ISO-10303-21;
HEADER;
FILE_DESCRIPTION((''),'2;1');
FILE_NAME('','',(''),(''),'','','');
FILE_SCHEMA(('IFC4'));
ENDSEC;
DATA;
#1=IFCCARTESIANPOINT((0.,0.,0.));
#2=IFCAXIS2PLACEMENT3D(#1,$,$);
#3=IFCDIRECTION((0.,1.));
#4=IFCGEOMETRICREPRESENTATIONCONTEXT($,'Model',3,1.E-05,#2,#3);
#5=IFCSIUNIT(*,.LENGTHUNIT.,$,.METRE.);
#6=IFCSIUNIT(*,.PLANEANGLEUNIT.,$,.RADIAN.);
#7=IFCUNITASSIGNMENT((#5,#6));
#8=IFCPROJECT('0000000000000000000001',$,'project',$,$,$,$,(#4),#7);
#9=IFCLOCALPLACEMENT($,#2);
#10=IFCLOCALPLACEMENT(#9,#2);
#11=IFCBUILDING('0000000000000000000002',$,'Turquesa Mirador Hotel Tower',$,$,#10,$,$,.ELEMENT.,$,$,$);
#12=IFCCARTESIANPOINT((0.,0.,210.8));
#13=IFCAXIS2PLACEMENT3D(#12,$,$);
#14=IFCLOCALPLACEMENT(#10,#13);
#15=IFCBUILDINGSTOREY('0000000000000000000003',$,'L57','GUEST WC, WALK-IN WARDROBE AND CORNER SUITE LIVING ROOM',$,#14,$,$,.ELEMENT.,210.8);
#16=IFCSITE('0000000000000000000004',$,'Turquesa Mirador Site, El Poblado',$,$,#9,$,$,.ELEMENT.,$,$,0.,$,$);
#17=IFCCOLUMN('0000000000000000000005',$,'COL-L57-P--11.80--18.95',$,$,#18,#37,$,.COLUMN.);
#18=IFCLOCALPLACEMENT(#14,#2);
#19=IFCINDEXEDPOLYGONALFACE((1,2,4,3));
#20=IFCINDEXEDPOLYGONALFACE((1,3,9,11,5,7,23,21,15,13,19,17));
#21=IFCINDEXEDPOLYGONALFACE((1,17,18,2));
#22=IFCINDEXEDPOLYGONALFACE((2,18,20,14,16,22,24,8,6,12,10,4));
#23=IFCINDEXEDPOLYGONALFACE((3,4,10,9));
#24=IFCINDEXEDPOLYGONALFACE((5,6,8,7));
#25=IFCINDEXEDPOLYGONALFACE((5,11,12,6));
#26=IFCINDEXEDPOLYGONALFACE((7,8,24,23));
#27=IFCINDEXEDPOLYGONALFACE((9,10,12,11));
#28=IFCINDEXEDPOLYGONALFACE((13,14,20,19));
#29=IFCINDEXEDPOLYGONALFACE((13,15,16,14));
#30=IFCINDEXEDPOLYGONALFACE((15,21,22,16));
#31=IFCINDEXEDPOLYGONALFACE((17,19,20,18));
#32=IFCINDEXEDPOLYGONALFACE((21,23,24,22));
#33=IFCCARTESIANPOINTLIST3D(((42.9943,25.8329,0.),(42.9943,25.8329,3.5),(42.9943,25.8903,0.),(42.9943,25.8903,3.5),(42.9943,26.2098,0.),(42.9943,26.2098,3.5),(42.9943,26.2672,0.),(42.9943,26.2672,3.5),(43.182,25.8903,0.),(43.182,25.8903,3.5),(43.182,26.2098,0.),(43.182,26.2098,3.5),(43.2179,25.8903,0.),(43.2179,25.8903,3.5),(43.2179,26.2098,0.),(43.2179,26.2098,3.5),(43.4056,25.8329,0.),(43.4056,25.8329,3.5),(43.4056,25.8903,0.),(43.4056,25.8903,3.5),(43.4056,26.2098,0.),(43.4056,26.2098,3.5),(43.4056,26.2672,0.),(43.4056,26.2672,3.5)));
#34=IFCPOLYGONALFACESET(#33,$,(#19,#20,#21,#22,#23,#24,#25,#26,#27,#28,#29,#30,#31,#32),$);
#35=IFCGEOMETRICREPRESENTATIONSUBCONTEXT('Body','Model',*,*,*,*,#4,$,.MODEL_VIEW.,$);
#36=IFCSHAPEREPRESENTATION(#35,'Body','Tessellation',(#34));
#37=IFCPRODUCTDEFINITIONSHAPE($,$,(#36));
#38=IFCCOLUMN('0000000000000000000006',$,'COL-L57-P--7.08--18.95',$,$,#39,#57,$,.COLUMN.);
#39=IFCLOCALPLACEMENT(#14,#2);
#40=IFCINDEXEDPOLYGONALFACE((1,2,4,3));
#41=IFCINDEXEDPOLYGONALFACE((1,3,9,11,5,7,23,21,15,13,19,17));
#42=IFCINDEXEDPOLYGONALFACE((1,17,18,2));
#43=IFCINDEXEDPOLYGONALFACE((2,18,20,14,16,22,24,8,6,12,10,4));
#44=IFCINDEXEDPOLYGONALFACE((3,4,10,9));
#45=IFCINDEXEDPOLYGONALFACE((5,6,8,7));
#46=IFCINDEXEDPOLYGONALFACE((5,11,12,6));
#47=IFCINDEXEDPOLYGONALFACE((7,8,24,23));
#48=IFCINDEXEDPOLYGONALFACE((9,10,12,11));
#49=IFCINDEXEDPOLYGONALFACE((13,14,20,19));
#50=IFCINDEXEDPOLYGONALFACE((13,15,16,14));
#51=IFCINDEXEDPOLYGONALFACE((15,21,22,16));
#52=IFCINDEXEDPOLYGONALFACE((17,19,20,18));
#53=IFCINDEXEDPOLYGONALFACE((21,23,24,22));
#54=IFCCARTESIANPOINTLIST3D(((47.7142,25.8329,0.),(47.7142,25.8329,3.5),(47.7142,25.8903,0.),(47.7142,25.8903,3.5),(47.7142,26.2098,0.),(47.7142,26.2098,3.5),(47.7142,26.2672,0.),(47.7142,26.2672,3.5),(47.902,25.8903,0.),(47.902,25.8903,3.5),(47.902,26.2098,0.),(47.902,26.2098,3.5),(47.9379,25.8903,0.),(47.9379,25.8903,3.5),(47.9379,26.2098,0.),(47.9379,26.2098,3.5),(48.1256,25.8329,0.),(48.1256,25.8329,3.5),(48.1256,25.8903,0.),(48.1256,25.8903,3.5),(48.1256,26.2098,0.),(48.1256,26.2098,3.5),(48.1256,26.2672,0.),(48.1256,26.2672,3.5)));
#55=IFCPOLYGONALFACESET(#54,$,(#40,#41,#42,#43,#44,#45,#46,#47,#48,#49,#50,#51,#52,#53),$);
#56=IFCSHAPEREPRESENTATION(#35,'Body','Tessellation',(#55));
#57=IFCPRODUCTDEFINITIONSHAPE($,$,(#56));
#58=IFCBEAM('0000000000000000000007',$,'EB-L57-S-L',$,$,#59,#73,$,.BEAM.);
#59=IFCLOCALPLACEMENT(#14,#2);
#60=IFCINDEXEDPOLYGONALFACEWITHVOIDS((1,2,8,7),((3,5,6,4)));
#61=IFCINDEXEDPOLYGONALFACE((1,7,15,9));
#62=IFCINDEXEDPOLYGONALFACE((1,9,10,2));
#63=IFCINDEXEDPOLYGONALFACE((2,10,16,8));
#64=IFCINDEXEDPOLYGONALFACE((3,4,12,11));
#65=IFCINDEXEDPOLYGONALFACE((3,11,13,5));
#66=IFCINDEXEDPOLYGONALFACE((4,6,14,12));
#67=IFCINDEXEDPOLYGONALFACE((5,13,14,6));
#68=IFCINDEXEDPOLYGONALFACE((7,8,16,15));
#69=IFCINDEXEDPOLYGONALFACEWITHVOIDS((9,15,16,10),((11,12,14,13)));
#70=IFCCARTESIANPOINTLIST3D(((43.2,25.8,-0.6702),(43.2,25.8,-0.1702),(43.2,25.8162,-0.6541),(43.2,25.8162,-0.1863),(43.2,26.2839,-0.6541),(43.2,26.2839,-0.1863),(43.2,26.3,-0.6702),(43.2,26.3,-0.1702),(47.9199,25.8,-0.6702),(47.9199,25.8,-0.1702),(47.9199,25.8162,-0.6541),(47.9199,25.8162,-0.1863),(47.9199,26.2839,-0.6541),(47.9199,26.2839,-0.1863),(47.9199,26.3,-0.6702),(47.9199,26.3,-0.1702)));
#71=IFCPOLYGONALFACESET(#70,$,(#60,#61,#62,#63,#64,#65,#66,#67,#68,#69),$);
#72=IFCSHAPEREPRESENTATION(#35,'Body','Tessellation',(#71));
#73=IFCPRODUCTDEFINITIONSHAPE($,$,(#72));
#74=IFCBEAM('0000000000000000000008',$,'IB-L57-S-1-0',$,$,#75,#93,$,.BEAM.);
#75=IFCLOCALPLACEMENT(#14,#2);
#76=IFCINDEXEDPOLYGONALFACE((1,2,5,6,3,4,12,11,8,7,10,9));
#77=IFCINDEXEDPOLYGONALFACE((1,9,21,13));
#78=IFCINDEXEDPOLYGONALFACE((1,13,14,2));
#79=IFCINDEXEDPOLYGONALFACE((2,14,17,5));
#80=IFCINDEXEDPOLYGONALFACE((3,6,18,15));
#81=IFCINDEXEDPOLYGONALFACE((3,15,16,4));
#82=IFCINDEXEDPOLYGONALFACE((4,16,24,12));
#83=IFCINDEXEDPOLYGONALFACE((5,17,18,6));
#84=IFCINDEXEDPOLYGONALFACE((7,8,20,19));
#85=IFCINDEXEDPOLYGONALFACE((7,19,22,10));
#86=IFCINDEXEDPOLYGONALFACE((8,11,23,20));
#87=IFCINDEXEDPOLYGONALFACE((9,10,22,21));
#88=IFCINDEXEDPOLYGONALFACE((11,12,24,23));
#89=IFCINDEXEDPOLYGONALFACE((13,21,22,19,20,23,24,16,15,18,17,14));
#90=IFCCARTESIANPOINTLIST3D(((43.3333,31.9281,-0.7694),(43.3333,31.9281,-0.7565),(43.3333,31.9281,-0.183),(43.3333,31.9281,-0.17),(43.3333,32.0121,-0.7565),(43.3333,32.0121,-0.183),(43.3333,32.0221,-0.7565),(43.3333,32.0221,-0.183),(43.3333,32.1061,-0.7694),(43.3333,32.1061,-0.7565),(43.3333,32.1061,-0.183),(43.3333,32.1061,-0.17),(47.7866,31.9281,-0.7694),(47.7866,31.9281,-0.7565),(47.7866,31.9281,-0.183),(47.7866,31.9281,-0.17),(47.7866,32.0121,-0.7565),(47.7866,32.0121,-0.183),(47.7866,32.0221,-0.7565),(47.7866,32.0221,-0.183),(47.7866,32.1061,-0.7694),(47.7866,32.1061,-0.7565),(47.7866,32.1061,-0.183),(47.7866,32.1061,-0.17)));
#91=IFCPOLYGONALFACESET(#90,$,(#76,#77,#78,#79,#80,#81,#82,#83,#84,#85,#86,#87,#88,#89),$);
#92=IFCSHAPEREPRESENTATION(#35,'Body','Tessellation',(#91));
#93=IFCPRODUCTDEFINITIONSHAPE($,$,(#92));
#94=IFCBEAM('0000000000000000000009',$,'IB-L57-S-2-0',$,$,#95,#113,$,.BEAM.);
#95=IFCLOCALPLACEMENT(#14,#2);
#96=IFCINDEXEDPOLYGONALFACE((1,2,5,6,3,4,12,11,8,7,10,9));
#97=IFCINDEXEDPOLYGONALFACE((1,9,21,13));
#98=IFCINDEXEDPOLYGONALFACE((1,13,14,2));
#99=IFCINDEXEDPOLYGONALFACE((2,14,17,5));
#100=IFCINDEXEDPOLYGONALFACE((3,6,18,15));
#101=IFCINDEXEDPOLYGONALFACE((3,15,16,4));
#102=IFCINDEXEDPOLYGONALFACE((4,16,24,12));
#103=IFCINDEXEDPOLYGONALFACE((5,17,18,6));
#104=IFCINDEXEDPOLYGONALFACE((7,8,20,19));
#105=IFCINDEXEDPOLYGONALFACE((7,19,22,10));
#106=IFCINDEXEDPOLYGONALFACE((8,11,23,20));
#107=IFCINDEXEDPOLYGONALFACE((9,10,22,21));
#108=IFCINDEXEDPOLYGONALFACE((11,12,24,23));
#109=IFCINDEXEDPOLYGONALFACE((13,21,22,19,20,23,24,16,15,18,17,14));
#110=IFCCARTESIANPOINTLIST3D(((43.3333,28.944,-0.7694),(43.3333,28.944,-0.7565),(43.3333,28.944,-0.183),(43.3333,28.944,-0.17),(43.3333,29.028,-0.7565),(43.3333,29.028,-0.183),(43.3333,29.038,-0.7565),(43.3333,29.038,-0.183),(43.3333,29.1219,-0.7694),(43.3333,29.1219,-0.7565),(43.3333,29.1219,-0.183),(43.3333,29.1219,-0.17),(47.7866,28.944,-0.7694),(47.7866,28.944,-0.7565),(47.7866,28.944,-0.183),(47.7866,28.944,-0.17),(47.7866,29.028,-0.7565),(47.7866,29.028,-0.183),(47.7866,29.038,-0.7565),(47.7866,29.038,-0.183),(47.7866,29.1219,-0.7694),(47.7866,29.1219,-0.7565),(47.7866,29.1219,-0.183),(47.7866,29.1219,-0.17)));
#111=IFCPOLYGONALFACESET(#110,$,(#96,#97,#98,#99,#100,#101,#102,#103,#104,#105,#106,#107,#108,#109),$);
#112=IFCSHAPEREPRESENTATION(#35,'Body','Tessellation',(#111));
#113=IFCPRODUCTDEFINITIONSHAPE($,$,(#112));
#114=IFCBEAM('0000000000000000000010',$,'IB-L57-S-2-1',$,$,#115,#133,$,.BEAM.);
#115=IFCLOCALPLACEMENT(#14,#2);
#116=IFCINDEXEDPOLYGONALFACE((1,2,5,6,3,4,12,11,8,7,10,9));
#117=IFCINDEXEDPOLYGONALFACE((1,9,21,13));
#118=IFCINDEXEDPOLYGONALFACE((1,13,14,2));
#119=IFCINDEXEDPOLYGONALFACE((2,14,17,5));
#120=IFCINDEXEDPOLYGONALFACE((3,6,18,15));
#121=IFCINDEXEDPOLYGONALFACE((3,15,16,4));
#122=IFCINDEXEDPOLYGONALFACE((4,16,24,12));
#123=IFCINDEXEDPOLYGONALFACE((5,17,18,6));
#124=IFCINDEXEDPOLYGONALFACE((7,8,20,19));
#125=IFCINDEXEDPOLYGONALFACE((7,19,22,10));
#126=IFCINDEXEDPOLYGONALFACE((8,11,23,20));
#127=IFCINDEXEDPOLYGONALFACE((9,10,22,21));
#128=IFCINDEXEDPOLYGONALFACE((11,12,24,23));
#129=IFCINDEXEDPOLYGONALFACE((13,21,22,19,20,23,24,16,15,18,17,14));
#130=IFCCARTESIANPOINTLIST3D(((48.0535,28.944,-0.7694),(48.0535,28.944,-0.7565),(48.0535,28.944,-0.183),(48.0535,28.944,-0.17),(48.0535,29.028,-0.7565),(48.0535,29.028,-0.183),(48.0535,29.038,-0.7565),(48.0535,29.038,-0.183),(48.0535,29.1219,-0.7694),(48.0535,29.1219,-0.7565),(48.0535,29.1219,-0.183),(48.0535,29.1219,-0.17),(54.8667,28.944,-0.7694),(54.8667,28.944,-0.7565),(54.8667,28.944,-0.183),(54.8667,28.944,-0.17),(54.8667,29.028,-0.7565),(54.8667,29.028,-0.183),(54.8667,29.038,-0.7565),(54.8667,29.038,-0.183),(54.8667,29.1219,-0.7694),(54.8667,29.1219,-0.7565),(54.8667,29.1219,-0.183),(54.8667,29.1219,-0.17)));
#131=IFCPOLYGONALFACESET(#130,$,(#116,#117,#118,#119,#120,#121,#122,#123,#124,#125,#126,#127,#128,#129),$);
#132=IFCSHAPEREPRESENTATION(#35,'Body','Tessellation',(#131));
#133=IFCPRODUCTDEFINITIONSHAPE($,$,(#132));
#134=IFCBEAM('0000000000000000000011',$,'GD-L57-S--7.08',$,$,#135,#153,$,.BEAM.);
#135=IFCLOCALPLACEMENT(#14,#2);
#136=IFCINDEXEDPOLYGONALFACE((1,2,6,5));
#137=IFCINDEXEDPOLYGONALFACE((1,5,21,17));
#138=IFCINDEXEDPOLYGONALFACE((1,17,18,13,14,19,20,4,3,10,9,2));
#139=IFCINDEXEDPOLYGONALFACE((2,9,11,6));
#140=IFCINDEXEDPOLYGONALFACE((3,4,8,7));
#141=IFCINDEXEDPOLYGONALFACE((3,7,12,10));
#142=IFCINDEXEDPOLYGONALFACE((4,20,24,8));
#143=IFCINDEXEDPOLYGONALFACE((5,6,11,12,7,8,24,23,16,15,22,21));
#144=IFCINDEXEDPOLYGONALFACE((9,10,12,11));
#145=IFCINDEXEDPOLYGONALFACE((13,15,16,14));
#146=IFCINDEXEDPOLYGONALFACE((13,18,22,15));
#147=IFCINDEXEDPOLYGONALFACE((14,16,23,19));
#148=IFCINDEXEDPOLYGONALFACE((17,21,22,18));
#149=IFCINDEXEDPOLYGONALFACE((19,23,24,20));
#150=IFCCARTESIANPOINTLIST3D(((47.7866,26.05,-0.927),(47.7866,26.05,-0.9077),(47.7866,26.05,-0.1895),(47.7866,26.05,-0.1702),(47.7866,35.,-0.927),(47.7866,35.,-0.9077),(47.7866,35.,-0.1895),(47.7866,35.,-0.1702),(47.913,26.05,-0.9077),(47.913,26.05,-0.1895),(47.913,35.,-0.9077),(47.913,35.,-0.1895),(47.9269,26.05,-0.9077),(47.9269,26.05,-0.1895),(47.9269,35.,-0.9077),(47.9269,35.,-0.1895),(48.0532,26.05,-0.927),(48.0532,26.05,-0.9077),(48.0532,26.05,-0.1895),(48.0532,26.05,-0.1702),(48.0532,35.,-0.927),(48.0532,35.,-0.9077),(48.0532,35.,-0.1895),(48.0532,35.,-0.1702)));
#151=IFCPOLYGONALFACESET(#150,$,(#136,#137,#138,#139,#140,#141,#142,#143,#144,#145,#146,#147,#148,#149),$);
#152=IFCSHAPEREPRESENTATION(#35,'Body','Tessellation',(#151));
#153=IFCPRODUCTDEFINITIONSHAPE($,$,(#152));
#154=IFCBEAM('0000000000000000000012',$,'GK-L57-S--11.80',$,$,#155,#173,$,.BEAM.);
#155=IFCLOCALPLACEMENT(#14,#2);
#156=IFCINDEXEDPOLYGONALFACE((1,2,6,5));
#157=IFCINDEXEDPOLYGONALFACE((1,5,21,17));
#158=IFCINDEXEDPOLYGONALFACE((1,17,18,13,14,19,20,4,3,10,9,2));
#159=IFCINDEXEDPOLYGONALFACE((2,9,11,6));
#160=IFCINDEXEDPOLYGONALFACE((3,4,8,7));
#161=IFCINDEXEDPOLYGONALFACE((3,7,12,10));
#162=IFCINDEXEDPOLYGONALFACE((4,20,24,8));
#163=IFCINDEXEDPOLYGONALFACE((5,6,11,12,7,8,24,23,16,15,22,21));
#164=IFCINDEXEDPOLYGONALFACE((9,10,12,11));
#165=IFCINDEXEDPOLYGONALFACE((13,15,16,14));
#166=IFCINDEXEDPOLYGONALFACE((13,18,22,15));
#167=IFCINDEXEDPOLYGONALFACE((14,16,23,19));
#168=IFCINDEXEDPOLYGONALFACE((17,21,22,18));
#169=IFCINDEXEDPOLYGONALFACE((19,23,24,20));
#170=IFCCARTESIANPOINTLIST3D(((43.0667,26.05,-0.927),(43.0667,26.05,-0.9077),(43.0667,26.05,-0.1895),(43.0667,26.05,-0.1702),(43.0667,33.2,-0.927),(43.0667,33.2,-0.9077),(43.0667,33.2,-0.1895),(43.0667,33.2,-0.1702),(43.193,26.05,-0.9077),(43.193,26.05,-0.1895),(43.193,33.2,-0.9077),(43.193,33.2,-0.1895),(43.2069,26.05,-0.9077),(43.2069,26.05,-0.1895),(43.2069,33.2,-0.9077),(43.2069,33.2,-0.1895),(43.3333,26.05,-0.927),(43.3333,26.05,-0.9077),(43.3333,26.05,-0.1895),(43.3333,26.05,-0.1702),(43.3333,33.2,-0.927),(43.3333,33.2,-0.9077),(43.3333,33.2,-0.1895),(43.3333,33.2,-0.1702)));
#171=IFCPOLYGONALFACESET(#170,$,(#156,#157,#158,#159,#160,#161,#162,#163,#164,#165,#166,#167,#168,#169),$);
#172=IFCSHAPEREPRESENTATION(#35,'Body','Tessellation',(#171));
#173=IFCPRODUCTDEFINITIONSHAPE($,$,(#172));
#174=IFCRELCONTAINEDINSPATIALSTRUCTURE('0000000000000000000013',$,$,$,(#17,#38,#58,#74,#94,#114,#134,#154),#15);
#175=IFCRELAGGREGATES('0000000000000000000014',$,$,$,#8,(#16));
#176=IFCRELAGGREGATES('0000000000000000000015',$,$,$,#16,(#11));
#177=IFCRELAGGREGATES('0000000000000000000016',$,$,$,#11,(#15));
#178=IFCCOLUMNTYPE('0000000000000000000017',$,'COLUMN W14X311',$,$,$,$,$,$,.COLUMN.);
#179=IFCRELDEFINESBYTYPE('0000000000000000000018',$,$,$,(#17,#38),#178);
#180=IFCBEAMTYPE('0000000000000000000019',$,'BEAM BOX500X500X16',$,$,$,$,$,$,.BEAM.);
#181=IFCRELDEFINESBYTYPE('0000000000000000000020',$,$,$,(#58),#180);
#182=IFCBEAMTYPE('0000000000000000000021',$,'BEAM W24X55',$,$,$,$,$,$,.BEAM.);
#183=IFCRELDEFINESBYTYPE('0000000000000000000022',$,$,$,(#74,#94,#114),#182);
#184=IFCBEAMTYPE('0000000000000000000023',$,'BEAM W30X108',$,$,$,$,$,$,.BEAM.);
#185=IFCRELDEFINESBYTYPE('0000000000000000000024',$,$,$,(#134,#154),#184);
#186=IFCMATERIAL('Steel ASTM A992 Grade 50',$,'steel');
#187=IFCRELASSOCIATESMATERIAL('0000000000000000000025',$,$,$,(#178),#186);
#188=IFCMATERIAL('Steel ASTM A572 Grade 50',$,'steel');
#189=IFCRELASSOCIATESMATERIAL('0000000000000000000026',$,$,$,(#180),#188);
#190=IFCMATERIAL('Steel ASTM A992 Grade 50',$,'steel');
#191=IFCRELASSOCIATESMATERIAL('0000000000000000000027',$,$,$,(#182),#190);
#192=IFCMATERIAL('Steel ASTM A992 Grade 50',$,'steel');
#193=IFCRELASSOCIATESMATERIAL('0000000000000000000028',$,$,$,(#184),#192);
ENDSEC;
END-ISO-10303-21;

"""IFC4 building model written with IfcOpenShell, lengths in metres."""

from ifc_helpers import new_model, si_unit, direction, frame, origin, origin_2d, place, context, subcontext, project, spatial, hollow_rectangle, i_section, extrude, material, material_profile, profile_set, type_object, element, save


model = new_model("IFC4")

# Units and contexts
model_context = context("Model", 3, precision=1e-05, world=origin(), true_north=direction((0.0, 1.0)))
body_context = subcontext(model_context, "Body", "Model", "MODEL_VIEW")
ifc_project = project(units=[si_unit("LENGTHUNIT", "METRE"), si_unit("PLANEANGLEUNIT", "RADIAN")], contexts=[model_context])

# Site, building, storey
site_placement = place(None, origin())
site = spatial("IfcSite", under=ifc_project, at=site_placement, Name="Turquesa Mirador Site, El Poblado", CompositionType="ELEMENT", RefElevation=0.0)
building_placement = place(site_placement, origin())
building = spatial("IfcBuilding", under=site, at=building_placement, Name="Turquesa Mirador Hotel Tower", CompositionType="ELEMENT")
storey_placement = place(building_placement, frame((0.0, 0.0, 210.8)))
storey = spatial("IfcBuildingStorey", under=building, at=storey_placement, Name="L57", Description="GUEST WC, WALK-IN WARDROBE AND CORNER SUITE LIVING ROOM", CompositionType="ELEMENT", Elevation=210.8)

# Columns
ifc_material_1 = material(Name="Steel ASTM A992 Grade 50", Category="steel")
ifc_material_profile_1 = material_profile(ifc_material_1, i_section(OverallWidth=0.4114, OverallDepth=0.4343, WebThickness=0.0359, FlangeThickness=0.0574, at=origin_2d()), Name="W14X311")
ifc_profile_set_1 = profile_set([ifc_material_profile_1], Name="Steel ASTM A992 Grade 50")
column_type = type_object("IfcColumnType", Name="COLUMN W14X311", PredefinedType="COLUMN", material=ifc_profile_set_1)
for number, where, z_axis, x_axis, name in (
    (1, (43.2, 26.05, 0.0), (0.0, 0.0, 1.0), (1.0, 0.0, 0.0), "COL-L57-P--11.80--18.95"),
    (2, (47.9199, 26.05, 0.0), (0.0, 0.0, 1.0), (1.0, 0.0, 0.0), "COL-L57-P--7.08--18.95"),
):
    element("IfcColumn", number, at=place(storey_placement, frame(where, z_axis=z_axis, x_axis=x_axis)), inside=storey, type_object=column_type, Name=name, PredefinedType="COLUMN", context=body_context, shape_type="SweptSolid", body=[
        extrude(i_section(OverallWidth=0.4114, OverallDepth=0.4343, WebThickness=0.0359, FlangeThickness=0.0574, at=origin_2d()), origin(), (0.0, 0.0, 1.0), 3.5),
    ])

# Beams
ifc_material_2 = material(Name="Steel ASTM A572 Grade 50", Category="steel")
ifc_material_profile_2 = material_profile(ifc_material_2, hollow_rectangle(XDim=0.5, YDim=0.5, WallThickness=0.0161, at=origin_2d()), Name="BOX500X500X16")
ifc_profile_set_2 = profile_set([ifc_material_profile_2], Name="Steel ASTM A572 Grade 50")
beam_type_1 = type_object("IfcBeamType", Name="BEAM BOX500X500X16", PredefinedType="BEAM", material=ifc_profile_set_2)
beam_1_placement = place(storey_placement, frame((43.2, 26.05, -0.4202), z_axis=(1.0, 0.0, 0.0), x_axis=(0.0, 1.0, 0.0)))
element("IfcBeam", 3, at=beam_1_placement, inside=storey, type_object=beam_type_1, Name="EB-L57-S-L", PredefinedType="BEAM", context=body_context, shape_type="SweptSolid", body=[
    extrude(hollow_rectangle(XDim=0.5, YDim=0.5, WallThickness=0.0161, at=origin_2d()), origin(), (0.0, 0.0, 1.0), 4.72),
])
ifc_material_3 = material(Name="Steel ASTM A992 Grade 50", Category="steel")
ifc_material_profile_3 = material_profile(ifc_material_3, i_section(OverallWidth=0.178, OverallDepth=0.5994, WebThickness=0.01, FlangeThickness=0.0129, at=origin_2d()), Name="W24X55")
ifc_profile_set_3 = profile_set([ifc_material_profile_3], Name="Steel ASTM A992 Grade 50")
beam_type_2 = type_object("IfcBeamType", Name="BEAM W24X55", PredefinedType="BEAM", material=ifc_profile_set_3)
for number, where, z_axis, x_axis, name in (
    (4, (43.3333, 32.0171, -0.4697), (1.0, 0.0, 0.0), (0.0, 1.0, 0.0), "IB-L57-S-1-0"),
    (5, (43.3333, 29.033, -0.4697), (1.0, 0.0, 0.0), (0.0, 1.0, 0.0), "IB-L57-S-2-0"),
):
    element("IfcBeam", number, at=place(storey_placement, frame(where, z_axis=z_axis, x_axis=x_axis)), inside=storey, type_object=beam_type_2, Name=name, PredefinedType="BEAM", context=body_context, shape_type="SweptSolid", body=[
        extrude(i_section(OverallWidth=0.178, OverallDepth=0.5994, WebThickness=0.01, FlangeThickness=0.0129, at=origin_2d()), origin(), (0.0, 0.0, 1.0), 4.4534),
    ])
beam_2_placement = place(storey_placement, frame((48.0535, 29.033, -0.4697), z_axis=(1.0, 0.0, 0.0), x_axis=(0.0, 1.0, 0.0)))
element("IfcBeam", 6, at=beam_2_placement, inside=storey, type_object=beam_type_2, Name="IB-L57-S-2-1", PredefinedType="BEAM", context=body_context, shape_type="SweptSolid", body=[
    extrude(i_section(OverallWidth=0.178, OverallDepth=0.5994, WebThickness=0.01, FlangeThickness=0.0129, at=origin_2d()), origin(), (0.0, 0.0, 1.0), 6.8132),
])
ifc_material_4 = material(Name="Steel ASTM A992 Grade 50", Category="steel")
ifc_material_profile_4 = material_profile(ifc_material_4, i_section(OverallWidth=0.2666, OverallDepth=0.7568, WebThickness=0.0139, FlangeThickness=0.0193, at=origin_2d()), Name="W30X108")
ifc_profile_set_4 = profile_set([ifc_material_profile_4], Name="Steel ASTM A992 Grade 50")
beam_type_3 = type_object("IfcBeamType", Name="BEAM W30X108", PredefinedType="BEAM", material=ifc_profile_set_4)
beam_3_placement = place(storey_placement, frame((47.9199, 26.05, -0.5486), z_axis=(0.0, 1.0, 0.0), x_axis=(-1.0, 0.0, 0.0)))
element("IfcBeam", 7, at=beam_3_placement, inside=storey, type_object=beam_type_3, Name="GD-L57-S--7.08", PredefinedType="BEAM", context=body_context, shape_type="SweptSolid", body=[
    extrude(i_section(OverallWidth=0.2666, OverallDepth=0.7568, WebThickness=0.0139, FlangeThickness=0.0193, at=origin_2d()), origin(), (0.0, 0.0, 1.0), 8.95),
])
beam_4_placement = place(storey_placement, frame((43.2, 26.05, -0.5486), z_axis=(0.0, 1.0, 0.0), x_axis=(-1.0, 0.0, 0.0)))
element("IfcBeam", 8, at=beam_4_placement, inside=storey, type_object=beam_type_3, Name="GK-L57-S--11.80", PredefinedType="BEAM", context=body_context, shape_type="SweptSolid", body=[
    extrude(i_section(OverallWidth=0.2666, OverallDepth=0.7568, WebThickness=0.0139, FlangeThickness=0.0193, at=origin_2d()), origin(), (0.0, 0.0, 1.0), 7.1499),
])

save(model, "model.ifc")
